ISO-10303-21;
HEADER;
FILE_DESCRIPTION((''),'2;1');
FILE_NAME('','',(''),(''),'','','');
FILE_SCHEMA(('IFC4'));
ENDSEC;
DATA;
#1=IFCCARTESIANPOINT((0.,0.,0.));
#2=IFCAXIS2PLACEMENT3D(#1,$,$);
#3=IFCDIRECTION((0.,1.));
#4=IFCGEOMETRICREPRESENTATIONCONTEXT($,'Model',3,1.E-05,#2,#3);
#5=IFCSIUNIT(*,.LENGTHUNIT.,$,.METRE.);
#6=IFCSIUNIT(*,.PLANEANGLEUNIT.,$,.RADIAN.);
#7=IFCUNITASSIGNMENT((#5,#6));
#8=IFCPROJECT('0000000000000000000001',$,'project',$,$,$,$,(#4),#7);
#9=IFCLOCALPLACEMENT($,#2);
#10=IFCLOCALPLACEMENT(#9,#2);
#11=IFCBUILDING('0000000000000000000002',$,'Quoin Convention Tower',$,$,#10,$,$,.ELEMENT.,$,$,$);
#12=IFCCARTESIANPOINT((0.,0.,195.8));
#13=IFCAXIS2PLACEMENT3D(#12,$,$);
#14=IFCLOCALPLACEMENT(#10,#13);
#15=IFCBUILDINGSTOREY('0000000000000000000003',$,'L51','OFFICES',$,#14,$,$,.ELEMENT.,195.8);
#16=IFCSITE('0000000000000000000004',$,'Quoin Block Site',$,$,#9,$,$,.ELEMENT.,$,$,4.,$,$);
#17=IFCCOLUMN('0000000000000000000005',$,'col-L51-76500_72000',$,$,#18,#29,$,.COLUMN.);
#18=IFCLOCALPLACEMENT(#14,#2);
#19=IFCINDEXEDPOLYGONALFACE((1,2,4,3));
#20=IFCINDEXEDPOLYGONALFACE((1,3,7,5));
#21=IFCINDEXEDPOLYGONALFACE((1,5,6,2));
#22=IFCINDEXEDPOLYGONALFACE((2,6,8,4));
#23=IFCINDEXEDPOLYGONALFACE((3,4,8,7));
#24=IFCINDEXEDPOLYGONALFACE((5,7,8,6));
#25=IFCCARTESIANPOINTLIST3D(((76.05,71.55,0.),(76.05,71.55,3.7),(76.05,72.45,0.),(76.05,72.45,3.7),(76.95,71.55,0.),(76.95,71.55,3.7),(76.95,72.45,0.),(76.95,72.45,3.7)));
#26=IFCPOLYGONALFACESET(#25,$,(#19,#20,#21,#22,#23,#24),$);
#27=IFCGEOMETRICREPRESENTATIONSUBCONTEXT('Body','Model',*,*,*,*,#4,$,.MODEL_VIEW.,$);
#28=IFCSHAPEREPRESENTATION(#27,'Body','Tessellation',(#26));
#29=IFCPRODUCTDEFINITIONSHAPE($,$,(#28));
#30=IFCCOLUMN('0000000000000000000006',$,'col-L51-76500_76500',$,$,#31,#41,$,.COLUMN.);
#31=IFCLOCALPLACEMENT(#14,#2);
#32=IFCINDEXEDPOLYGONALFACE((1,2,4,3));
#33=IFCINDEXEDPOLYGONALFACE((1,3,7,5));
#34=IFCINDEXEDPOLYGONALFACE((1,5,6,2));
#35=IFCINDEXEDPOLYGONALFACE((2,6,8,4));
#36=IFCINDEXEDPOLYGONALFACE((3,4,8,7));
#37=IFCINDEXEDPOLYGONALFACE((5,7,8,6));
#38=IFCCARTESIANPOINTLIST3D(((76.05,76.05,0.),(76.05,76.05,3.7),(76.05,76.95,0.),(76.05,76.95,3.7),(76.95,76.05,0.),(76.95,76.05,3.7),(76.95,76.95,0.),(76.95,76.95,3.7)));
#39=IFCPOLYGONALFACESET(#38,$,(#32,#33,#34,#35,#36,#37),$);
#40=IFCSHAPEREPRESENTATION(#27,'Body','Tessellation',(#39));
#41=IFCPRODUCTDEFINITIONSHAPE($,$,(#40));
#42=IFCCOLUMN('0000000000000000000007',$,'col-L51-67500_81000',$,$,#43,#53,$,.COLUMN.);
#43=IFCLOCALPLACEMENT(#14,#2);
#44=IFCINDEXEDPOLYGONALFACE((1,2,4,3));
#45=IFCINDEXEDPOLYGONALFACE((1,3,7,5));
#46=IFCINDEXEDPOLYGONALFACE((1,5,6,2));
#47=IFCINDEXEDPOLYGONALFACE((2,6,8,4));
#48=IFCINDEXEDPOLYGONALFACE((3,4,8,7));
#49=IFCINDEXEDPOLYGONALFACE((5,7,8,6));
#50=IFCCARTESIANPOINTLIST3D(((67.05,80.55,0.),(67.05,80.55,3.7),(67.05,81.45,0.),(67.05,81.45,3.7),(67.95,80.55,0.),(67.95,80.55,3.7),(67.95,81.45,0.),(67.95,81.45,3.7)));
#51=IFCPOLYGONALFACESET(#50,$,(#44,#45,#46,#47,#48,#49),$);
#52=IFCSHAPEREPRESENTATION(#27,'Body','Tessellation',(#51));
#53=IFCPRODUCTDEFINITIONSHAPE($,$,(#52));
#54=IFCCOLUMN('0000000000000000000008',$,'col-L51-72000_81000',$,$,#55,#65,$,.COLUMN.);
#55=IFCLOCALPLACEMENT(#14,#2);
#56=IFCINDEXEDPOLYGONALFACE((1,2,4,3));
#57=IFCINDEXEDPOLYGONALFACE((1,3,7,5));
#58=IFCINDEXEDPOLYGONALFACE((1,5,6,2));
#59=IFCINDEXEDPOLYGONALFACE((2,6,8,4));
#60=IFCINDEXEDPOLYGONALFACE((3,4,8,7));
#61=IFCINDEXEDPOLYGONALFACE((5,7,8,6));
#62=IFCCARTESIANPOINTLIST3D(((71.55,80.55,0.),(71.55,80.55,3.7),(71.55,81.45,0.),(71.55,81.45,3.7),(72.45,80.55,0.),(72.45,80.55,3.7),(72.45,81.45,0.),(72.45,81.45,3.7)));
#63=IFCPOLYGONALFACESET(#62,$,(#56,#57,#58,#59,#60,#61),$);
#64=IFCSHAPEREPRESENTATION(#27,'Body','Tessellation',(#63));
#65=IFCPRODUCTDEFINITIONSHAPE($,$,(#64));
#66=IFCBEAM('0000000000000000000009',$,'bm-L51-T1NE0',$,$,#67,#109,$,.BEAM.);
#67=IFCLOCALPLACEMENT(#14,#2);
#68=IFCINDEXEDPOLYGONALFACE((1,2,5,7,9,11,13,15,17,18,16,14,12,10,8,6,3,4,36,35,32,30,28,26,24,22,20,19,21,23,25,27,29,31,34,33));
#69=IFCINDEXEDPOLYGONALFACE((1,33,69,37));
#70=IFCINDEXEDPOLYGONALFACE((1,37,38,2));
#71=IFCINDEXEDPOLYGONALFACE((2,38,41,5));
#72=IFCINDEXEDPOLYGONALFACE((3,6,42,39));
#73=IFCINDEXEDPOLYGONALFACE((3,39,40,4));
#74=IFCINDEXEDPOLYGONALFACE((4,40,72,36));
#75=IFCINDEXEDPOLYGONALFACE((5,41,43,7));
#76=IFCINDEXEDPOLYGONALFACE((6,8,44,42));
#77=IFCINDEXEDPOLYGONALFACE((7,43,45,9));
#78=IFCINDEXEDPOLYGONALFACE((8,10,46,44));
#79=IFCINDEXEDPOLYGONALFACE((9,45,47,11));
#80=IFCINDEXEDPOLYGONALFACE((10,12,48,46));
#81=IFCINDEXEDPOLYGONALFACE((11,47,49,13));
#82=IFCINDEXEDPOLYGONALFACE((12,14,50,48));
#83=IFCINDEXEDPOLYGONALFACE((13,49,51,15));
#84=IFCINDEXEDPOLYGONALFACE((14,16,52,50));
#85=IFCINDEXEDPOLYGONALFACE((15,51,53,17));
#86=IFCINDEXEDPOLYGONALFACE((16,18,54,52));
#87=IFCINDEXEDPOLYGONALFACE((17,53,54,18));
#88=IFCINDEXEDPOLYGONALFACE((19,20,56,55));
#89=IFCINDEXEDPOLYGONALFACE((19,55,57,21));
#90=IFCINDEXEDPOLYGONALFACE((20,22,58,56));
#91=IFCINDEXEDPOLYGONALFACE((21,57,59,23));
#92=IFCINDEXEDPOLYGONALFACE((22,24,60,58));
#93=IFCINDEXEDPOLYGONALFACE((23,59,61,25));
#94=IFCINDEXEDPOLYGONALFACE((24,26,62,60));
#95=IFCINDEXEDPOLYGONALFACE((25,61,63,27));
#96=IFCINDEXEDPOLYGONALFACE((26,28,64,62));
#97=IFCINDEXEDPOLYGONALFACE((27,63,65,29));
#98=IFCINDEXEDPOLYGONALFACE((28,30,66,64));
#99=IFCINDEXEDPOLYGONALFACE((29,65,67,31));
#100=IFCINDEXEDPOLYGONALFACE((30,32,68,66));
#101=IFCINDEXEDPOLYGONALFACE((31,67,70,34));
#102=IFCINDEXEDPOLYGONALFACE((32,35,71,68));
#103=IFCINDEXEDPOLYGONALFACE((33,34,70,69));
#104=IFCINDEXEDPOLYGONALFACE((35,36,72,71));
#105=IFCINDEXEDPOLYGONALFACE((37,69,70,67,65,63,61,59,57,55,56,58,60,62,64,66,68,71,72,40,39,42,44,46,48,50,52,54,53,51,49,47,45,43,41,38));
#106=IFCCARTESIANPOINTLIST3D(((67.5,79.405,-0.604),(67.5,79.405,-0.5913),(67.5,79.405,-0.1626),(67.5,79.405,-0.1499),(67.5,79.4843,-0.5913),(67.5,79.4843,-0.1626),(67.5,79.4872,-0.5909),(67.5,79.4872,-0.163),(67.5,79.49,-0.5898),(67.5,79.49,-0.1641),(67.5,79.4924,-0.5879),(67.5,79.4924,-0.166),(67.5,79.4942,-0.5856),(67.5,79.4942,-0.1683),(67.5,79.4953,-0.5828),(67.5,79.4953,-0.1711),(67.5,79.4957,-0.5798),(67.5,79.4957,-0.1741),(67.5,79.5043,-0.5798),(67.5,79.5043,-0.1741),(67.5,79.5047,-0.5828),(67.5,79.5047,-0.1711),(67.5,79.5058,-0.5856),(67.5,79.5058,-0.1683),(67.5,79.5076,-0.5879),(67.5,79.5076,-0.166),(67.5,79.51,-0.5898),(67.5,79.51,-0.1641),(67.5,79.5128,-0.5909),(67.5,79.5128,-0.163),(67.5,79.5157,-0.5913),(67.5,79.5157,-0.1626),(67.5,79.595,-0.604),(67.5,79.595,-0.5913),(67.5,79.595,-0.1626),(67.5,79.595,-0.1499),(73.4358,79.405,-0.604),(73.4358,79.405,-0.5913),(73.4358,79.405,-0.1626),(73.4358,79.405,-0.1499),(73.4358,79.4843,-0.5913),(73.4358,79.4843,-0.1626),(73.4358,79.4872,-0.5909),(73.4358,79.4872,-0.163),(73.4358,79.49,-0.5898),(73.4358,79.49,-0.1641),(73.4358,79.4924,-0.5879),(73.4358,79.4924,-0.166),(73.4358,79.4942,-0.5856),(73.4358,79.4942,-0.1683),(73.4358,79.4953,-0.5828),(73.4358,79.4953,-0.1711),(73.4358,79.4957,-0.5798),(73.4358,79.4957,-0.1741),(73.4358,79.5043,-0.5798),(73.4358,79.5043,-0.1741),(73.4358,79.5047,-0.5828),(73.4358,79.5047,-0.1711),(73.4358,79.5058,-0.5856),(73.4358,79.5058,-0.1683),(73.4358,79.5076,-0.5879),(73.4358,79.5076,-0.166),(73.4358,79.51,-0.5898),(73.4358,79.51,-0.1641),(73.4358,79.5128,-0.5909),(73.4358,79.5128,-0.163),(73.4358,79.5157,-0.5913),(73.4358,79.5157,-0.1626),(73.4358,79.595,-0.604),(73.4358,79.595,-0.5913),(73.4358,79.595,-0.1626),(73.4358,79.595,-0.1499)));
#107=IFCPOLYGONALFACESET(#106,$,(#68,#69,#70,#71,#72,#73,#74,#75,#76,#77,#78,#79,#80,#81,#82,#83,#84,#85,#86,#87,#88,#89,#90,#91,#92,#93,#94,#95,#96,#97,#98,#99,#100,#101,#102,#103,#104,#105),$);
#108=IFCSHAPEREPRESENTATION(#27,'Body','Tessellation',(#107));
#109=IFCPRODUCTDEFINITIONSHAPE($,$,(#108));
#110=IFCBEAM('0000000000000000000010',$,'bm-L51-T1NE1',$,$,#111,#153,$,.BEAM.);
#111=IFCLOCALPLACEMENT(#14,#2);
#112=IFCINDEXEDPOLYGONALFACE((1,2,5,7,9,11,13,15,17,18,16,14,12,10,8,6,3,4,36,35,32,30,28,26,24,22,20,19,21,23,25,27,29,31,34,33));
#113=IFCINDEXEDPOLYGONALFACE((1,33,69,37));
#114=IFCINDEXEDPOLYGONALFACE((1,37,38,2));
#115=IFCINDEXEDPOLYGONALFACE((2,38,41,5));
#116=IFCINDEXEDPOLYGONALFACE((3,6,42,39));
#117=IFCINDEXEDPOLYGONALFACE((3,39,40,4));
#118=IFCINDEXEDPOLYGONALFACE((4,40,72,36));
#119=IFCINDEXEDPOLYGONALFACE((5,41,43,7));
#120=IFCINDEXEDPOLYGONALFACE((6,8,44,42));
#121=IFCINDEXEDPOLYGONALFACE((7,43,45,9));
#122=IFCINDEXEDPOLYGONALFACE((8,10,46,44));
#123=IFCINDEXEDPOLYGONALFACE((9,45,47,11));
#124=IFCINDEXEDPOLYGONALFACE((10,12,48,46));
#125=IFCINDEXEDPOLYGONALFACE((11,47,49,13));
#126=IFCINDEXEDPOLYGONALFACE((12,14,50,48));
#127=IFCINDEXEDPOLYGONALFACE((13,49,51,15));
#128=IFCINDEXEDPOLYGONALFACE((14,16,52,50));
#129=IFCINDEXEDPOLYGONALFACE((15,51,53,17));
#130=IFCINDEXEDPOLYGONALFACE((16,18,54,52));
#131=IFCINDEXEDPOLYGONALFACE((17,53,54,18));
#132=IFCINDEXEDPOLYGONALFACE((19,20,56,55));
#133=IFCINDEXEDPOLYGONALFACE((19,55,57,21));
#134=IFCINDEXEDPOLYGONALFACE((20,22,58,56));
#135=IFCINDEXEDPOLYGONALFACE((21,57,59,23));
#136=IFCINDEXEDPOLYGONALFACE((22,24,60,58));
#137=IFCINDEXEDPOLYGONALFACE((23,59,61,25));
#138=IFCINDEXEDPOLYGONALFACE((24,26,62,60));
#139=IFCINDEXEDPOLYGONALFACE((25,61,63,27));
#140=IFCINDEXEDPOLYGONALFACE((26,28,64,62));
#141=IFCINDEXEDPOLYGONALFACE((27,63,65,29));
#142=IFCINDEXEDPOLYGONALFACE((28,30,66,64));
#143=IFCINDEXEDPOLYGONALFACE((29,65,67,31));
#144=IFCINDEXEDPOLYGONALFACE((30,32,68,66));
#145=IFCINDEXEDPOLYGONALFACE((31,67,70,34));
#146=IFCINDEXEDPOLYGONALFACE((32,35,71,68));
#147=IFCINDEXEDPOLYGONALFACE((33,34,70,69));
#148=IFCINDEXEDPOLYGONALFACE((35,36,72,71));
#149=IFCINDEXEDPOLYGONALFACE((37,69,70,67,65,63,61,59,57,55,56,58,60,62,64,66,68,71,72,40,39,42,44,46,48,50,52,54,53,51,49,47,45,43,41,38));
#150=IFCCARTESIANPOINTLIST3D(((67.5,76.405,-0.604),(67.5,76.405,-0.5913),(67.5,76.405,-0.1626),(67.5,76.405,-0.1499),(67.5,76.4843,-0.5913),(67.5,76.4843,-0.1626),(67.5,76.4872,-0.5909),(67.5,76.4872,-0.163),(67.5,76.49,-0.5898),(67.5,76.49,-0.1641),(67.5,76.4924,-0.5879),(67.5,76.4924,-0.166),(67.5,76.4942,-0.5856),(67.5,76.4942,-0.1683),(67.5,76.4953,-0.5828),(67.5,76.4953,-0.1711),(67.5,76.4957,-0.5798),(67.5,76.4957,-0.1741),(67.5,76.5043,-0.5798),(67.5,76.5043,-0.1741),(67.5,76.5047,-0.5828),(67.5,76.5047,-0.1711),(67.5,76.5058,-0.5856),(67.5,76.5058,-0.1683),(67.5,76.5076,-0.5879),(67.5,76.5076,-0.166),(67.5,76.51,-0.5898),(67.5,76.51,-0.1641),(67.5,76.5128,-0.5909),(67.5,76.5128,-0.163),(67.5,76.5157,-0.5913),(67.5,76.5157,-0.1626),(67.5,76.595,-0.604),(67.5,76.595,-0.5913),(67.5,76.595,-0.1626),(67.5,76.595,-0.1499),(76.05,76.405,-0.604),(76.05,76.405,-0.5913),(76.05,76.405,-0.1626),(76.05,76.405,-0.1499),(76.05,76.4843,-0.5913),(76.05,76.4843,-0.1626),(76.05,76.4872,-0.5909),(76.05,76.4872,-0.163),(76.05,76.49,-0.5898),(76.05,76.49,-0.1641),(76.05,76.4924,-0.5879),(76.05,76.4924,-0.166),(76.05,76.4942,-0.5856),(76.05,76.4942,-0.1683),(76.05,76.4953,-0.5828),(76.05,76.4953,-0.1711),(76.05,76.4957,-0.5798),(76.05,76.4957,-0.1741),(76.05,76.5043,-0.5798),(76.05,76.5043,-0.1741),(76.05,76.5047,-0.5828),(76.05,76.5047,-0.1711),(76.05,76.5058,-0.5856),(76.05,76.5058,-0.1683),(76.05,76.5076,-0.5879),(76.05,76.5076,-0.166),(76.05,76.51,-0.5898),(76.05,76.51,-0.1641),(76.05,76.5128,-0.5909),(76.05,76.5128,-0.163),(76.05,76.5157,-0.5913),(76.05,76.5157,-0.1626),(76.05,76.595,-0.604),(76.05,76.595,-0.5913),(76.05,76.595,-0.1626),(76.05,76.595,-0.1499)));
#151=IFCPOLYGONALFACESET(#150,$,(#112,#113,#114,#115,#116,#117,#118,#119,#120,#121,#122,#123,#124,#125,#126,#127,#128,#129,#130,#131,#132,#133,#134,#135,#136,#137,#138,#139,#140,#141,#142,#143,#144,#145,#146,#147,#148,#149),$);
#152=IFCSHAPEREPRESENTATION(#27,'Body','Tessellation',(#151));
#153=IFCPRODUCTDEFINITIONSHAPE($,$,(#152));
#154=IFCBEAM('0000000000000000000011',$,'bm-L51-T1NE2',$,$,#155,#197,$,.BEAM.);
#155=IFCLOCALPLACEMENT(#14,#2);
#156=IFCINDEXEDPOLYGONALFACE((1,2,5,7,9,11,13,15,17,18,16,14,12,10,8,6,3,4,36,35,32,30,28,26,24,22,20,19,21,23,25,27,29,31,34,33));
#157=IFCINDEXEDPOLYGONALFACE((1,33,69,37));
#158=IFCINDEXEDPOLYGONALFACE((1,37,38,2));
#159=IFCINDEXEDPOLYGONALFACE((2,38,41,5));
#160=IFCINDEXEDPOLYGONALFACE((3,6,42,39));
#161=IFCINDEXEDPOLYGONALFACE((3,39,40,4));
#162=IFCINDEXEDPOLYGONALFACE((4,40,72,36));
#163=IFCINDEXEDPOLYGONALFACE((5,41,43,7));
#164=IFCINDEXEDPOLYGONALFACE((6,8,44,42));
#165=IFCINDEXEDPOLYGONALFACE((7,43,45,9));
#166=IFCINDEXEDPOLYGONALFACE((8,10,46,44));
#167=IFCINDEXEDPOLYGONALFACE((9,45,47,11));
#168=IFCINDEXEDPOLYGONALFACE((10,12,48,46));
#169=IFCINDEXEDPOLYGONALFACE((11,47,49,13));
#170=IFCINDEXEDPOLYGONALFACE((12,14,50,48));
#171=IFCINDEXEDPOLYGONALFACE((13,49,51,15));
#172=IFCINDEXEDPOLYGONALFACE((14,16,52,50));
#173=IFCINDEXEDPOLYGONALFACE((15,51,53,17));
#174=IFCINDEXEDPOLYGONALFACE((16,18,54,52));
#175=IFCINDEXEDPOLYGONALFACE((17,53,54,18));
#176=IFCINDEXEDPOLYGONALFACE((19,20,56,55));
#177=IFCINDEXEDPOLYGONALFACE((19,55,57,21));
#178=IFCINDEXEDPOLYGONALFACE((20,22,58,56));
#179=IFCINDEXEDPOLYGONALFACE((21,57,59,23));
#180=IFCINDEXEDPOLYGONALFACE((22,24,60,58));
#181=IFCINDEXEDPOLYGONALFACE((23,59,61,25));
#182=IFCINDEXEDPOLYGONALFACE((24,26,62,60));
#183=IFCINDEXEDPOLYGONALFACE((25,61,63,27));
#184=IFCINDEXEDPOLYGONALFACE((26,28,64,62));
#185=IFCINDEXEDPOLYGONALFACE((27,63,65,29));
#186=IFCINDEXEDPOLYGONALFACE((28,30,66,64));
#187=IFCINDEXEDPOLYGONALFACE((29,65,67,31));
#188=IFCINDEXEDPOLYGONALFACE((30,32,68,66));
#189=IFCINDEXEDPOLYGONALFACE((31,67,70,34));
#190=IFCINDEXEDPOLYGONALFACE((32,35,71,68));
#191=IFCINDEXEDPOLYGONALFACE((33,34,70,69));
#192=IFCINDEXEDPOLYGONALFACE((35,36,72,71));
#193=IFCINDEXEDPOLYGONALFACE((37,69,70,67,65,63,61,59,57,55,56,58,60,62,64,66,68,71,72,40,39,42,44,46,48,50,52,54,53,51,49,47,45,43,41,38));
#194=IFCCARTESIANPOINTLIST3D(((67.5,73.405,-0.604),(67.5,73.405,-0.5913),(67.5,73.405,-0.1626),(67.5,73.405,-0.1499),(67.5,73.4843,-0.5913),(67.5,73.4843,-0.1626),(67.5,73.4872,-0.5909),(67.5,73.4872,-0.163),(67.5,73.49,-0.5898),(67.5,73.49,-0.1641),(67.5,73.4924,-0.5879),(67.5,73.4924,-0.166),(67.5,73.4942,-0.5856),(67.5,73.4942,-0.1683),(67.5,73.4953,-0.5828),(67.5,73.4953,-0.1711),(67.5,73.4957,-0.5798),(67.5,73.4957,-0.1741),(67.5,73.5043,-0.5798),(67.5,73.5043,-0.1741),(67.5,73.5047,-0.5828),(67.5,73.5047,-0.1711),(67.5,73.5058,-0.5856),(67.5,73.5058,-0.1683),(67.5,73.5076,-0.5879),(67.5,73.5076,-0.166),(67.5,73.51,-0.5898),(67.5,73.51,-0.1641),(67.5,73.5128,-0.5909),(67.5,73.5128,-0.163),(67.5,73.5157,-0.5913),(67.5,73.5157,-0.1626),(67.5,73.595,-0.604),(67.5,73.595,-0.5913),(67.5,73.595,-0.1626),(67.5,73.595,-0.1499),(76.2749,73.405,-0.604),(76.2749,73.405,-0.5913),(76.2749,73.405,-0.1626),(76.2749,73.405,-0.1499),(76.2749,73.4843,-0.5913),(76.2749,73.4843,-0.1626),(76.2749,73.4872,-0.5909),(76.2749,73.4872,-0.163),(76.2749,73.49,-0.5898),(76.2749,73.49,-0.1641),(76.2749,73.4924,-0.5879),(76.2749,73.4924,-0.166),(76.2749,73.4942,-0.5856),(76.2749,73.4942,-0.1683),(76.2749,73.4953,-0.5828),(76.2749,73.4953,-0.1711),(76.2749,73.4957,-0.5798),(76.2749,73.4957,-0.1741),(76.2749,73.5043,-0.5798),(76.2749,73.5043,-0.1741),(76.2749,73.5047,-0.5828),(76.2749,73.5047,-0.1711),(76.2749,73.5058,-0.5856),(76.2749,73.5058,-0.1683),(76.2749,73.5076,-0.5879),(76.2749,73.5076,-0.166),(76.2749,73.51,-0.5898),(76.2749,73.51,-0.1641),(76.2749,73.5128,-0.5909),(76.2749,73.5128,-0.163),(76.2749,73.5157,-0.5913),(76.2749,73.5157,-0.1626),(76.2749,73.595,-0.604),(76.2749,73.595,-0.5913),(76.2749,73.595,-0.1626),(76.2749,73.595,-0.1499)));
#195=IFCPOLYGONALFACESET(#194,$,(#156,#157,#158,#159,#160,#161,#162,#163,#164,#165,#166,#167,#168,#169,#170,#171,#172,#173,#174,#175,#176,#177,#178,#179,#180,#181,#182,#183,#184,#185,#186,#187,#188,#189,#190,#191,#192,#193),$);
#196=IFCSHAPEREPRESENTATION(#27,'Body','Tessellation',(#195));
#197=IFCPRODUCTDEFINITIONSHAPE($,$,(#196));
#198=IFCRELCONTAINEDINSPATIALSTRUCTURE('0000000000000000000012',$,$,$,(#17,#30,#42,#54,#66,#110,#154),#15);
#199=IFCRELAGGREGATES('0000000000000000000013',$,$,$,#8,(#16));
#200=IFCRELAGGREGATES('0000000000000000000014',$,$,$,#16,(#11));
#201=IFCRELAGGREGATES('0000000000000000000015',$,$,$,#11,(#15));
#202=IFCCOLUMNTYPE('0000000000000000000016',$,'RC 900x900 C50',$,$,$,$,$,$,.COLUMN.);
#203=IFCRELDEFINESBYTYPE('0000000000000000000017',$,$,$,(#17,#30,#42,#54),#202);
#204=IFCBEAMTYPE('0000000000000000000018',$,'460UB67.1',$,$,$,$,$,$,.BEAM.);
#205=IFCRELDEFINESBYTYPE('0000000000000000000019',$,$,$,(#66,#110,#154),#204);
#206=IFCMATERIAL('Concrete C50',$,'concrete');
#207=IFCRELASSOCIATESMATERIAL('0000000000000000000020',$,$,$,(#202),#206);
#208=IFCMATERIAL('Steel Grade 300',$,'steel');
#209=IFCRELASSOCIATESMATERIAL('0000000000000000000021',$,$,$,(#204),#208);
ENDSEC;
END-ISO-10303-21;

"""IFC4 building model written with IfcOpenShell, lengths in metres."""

from ifc_helpers import new_model, si_unit, direction, frame, origin, origin_2d, place, context, subcontext, project, spatial, rectangle, i_section, extrude, material, material_profile, profile_set, type_object, element, save


model = new_model("IFC4")

# Units and contexts
model_context = context("Model", 3, precision=1e-05, world=origin(), true_north=direction((0.0, 1.0)))
body_context = subcontext(model_context, "Body", "Model", "MODEL_VIEW")
ifc_project = project(units=[si_unit("LENGTHUNIT", "METRE"), si_unit("PLANEANGLEUNIT", "RADIAN")], contexts=[model_context])

# Site, building, storey
site_placement = place(None, origin())
site = spatial("IfcSite", under=ifc_project, at=site_placement, Name="Quoin Block Site", CompositionType="ELEMENT", RefElevation=4.0)
building_placement = place(site_placement, origin())
building = spatial("IfcBuilding", under=site, at=building_placement, Name="Quoin Convention Tower", CompositionType="ELEMENT")
storey_placement = place(building_placement, frame((0.0, 0.0, 195.8)))
storey = spatial("IfcBuildingStorey", under=building, at=storey_placement, Name="L51", Description="OFFICES", CompositionType="ELEMENT", Elevation=195.8)

# Columns
ifc_material_1 = material(Name="Concrete C50", Category="concrete")
ifc_material_profile_1 = material_profile(ifc_material_1, rectangle(XDim=0.8999, YDim=0.8999, at=origin_2d()), Name="RC 900x900")
ifc_profile_set_1 = profile_set([ifc_material_profile_1], Name="Concrete C50")
column_type = type_object("IfcColumnType", Name="RC 900x900 C50", PredefinedType="COLUMN", material=ifc_profile_set_1)
for number, where, z_axis, x_axis, name in (
    (1, (76.5, 72.0, 0.0), (0.0, 0.0, 1.0), (1.0, 0.0, 0.0), "col-L51-76500_72000"),
    (2, (76.5, 76.5, 0.0), (0.0, 0.0, 1.0), (1.0, 0.0, 0.0), "col-L51-76500_76500"),
    (3, (67.5, 81.0, 0.0), (0.0, 0.0, 1.0), (1.0, 0.0, 0.0), "col-L51-67500_81000"),
    (4, (72.0, 81.0, 0.0), (0.0, 0.0, 1.0), (1.0, 0.0, 0.0), "col-L51-72000_81000"),
):
    element("IfcColumn", number, at=place(storey_placement, frame(where, z_axis=z_axis, x_axis=x_axis)), inside=storey, type_object=column_type, Name=name, PredefinedType="COLUMN", context=body_context, shape_type="SweptSolid", body=[
        extrude(rectangle(XDim=0.8999, YDim=0.8999, at=origin_2d()), origin(), (0.0, 0.0, 1.0), 3.7),
    ])

# Beams
ifc_material_2 = material(Name="Steel Grade 300", Category="steel")
ifc_material_profile_2 = material_profile(ifc_material_2, i_section(OverallWidth=0.1899, OverallDepth=0.4541, WebThickness=0.0085, FlangeThickness=0.0127, FilletRadius=0.0115, at=origin_2d()), Name="460UB67.1")
ifc_profile_set_2 = profile_set([ifc_material_profile_2], Name="Steel Grade 300")
beam_type_1 = type_object("IfcBeamType", Name="460UB67.1", PredefinedType="BEAM", material=ifc_profile_set_2)
beam_1_placement = place(storey_placement, frame((67.5, 79.5, -0.377), z_axis=(1.0, 0.0, 0.0), x_axis=(0.0, 1.0, 0.0)))
element("IfcBeam", 5, at=beam_1_placement, inside=storey, type_object=beam_type_1, Name="bm-L51-T1NE0", PredefinedType="BEAM", context=body_context, shape_type="SweptSolid", body=[
    extrude(i_section(OverallWidth=0.1899, OverallDepth=0.4541, WebThickness=0.0085, FlangeThickness=0.0127, FilletRadius=0.0115, at=origin_2d()), origin(), (0.0, 0.0, 1.0), 5.9358),
])
beam_2_placement = place(storey_placement, frame((67.5, 76.5, -0.377), z_axis=(1.0, 0.0, 0.0), x_axis=(0.0, 1.0, 0.0)))
element("IfcBeam", 6, at=beam_2_placement, inside=storey, type_object=beam_type_1, Name="bm-L51-T1NE1", PredefinedType="BEAM", context=body_context, shape_type="SweptSolid", body=[
    extrude(i_section(OverallWidth=0.1899, OverallDepth=0.4541, WebThickness=0.0085, FlangeThickness=0.0127, FilletRadius=0.0115, at=origin_2d()), origin(), (0.0, 0.0, 1.0), 8.55),
])
beam_3_placement = place(storey_placement, frame((67.5, 73.5, -0.377), z_axis=(1.0, 0.0, 0.0), x_axis=(0.0, 1.0, 0.0)))
element("IfcBeam", 7, at=beam_3_placement, inside=storey, type_object=beam_type_1, Name="bm-L51-T1NE2", PredefinedType="BEAM", context=body_context, shape_type="SweptSolid", body=[
    extrude(i_section(OverallWidth=0.1899, OverallDepth=0.4541, WebThickness=0.0085, FlangeThickness=0.0127, FilletRadius=0.0115, at=origin_2d()), origin(), (0.0, 0.0, 1.0), 8.7749),
])

save(model, "model.ifc")
